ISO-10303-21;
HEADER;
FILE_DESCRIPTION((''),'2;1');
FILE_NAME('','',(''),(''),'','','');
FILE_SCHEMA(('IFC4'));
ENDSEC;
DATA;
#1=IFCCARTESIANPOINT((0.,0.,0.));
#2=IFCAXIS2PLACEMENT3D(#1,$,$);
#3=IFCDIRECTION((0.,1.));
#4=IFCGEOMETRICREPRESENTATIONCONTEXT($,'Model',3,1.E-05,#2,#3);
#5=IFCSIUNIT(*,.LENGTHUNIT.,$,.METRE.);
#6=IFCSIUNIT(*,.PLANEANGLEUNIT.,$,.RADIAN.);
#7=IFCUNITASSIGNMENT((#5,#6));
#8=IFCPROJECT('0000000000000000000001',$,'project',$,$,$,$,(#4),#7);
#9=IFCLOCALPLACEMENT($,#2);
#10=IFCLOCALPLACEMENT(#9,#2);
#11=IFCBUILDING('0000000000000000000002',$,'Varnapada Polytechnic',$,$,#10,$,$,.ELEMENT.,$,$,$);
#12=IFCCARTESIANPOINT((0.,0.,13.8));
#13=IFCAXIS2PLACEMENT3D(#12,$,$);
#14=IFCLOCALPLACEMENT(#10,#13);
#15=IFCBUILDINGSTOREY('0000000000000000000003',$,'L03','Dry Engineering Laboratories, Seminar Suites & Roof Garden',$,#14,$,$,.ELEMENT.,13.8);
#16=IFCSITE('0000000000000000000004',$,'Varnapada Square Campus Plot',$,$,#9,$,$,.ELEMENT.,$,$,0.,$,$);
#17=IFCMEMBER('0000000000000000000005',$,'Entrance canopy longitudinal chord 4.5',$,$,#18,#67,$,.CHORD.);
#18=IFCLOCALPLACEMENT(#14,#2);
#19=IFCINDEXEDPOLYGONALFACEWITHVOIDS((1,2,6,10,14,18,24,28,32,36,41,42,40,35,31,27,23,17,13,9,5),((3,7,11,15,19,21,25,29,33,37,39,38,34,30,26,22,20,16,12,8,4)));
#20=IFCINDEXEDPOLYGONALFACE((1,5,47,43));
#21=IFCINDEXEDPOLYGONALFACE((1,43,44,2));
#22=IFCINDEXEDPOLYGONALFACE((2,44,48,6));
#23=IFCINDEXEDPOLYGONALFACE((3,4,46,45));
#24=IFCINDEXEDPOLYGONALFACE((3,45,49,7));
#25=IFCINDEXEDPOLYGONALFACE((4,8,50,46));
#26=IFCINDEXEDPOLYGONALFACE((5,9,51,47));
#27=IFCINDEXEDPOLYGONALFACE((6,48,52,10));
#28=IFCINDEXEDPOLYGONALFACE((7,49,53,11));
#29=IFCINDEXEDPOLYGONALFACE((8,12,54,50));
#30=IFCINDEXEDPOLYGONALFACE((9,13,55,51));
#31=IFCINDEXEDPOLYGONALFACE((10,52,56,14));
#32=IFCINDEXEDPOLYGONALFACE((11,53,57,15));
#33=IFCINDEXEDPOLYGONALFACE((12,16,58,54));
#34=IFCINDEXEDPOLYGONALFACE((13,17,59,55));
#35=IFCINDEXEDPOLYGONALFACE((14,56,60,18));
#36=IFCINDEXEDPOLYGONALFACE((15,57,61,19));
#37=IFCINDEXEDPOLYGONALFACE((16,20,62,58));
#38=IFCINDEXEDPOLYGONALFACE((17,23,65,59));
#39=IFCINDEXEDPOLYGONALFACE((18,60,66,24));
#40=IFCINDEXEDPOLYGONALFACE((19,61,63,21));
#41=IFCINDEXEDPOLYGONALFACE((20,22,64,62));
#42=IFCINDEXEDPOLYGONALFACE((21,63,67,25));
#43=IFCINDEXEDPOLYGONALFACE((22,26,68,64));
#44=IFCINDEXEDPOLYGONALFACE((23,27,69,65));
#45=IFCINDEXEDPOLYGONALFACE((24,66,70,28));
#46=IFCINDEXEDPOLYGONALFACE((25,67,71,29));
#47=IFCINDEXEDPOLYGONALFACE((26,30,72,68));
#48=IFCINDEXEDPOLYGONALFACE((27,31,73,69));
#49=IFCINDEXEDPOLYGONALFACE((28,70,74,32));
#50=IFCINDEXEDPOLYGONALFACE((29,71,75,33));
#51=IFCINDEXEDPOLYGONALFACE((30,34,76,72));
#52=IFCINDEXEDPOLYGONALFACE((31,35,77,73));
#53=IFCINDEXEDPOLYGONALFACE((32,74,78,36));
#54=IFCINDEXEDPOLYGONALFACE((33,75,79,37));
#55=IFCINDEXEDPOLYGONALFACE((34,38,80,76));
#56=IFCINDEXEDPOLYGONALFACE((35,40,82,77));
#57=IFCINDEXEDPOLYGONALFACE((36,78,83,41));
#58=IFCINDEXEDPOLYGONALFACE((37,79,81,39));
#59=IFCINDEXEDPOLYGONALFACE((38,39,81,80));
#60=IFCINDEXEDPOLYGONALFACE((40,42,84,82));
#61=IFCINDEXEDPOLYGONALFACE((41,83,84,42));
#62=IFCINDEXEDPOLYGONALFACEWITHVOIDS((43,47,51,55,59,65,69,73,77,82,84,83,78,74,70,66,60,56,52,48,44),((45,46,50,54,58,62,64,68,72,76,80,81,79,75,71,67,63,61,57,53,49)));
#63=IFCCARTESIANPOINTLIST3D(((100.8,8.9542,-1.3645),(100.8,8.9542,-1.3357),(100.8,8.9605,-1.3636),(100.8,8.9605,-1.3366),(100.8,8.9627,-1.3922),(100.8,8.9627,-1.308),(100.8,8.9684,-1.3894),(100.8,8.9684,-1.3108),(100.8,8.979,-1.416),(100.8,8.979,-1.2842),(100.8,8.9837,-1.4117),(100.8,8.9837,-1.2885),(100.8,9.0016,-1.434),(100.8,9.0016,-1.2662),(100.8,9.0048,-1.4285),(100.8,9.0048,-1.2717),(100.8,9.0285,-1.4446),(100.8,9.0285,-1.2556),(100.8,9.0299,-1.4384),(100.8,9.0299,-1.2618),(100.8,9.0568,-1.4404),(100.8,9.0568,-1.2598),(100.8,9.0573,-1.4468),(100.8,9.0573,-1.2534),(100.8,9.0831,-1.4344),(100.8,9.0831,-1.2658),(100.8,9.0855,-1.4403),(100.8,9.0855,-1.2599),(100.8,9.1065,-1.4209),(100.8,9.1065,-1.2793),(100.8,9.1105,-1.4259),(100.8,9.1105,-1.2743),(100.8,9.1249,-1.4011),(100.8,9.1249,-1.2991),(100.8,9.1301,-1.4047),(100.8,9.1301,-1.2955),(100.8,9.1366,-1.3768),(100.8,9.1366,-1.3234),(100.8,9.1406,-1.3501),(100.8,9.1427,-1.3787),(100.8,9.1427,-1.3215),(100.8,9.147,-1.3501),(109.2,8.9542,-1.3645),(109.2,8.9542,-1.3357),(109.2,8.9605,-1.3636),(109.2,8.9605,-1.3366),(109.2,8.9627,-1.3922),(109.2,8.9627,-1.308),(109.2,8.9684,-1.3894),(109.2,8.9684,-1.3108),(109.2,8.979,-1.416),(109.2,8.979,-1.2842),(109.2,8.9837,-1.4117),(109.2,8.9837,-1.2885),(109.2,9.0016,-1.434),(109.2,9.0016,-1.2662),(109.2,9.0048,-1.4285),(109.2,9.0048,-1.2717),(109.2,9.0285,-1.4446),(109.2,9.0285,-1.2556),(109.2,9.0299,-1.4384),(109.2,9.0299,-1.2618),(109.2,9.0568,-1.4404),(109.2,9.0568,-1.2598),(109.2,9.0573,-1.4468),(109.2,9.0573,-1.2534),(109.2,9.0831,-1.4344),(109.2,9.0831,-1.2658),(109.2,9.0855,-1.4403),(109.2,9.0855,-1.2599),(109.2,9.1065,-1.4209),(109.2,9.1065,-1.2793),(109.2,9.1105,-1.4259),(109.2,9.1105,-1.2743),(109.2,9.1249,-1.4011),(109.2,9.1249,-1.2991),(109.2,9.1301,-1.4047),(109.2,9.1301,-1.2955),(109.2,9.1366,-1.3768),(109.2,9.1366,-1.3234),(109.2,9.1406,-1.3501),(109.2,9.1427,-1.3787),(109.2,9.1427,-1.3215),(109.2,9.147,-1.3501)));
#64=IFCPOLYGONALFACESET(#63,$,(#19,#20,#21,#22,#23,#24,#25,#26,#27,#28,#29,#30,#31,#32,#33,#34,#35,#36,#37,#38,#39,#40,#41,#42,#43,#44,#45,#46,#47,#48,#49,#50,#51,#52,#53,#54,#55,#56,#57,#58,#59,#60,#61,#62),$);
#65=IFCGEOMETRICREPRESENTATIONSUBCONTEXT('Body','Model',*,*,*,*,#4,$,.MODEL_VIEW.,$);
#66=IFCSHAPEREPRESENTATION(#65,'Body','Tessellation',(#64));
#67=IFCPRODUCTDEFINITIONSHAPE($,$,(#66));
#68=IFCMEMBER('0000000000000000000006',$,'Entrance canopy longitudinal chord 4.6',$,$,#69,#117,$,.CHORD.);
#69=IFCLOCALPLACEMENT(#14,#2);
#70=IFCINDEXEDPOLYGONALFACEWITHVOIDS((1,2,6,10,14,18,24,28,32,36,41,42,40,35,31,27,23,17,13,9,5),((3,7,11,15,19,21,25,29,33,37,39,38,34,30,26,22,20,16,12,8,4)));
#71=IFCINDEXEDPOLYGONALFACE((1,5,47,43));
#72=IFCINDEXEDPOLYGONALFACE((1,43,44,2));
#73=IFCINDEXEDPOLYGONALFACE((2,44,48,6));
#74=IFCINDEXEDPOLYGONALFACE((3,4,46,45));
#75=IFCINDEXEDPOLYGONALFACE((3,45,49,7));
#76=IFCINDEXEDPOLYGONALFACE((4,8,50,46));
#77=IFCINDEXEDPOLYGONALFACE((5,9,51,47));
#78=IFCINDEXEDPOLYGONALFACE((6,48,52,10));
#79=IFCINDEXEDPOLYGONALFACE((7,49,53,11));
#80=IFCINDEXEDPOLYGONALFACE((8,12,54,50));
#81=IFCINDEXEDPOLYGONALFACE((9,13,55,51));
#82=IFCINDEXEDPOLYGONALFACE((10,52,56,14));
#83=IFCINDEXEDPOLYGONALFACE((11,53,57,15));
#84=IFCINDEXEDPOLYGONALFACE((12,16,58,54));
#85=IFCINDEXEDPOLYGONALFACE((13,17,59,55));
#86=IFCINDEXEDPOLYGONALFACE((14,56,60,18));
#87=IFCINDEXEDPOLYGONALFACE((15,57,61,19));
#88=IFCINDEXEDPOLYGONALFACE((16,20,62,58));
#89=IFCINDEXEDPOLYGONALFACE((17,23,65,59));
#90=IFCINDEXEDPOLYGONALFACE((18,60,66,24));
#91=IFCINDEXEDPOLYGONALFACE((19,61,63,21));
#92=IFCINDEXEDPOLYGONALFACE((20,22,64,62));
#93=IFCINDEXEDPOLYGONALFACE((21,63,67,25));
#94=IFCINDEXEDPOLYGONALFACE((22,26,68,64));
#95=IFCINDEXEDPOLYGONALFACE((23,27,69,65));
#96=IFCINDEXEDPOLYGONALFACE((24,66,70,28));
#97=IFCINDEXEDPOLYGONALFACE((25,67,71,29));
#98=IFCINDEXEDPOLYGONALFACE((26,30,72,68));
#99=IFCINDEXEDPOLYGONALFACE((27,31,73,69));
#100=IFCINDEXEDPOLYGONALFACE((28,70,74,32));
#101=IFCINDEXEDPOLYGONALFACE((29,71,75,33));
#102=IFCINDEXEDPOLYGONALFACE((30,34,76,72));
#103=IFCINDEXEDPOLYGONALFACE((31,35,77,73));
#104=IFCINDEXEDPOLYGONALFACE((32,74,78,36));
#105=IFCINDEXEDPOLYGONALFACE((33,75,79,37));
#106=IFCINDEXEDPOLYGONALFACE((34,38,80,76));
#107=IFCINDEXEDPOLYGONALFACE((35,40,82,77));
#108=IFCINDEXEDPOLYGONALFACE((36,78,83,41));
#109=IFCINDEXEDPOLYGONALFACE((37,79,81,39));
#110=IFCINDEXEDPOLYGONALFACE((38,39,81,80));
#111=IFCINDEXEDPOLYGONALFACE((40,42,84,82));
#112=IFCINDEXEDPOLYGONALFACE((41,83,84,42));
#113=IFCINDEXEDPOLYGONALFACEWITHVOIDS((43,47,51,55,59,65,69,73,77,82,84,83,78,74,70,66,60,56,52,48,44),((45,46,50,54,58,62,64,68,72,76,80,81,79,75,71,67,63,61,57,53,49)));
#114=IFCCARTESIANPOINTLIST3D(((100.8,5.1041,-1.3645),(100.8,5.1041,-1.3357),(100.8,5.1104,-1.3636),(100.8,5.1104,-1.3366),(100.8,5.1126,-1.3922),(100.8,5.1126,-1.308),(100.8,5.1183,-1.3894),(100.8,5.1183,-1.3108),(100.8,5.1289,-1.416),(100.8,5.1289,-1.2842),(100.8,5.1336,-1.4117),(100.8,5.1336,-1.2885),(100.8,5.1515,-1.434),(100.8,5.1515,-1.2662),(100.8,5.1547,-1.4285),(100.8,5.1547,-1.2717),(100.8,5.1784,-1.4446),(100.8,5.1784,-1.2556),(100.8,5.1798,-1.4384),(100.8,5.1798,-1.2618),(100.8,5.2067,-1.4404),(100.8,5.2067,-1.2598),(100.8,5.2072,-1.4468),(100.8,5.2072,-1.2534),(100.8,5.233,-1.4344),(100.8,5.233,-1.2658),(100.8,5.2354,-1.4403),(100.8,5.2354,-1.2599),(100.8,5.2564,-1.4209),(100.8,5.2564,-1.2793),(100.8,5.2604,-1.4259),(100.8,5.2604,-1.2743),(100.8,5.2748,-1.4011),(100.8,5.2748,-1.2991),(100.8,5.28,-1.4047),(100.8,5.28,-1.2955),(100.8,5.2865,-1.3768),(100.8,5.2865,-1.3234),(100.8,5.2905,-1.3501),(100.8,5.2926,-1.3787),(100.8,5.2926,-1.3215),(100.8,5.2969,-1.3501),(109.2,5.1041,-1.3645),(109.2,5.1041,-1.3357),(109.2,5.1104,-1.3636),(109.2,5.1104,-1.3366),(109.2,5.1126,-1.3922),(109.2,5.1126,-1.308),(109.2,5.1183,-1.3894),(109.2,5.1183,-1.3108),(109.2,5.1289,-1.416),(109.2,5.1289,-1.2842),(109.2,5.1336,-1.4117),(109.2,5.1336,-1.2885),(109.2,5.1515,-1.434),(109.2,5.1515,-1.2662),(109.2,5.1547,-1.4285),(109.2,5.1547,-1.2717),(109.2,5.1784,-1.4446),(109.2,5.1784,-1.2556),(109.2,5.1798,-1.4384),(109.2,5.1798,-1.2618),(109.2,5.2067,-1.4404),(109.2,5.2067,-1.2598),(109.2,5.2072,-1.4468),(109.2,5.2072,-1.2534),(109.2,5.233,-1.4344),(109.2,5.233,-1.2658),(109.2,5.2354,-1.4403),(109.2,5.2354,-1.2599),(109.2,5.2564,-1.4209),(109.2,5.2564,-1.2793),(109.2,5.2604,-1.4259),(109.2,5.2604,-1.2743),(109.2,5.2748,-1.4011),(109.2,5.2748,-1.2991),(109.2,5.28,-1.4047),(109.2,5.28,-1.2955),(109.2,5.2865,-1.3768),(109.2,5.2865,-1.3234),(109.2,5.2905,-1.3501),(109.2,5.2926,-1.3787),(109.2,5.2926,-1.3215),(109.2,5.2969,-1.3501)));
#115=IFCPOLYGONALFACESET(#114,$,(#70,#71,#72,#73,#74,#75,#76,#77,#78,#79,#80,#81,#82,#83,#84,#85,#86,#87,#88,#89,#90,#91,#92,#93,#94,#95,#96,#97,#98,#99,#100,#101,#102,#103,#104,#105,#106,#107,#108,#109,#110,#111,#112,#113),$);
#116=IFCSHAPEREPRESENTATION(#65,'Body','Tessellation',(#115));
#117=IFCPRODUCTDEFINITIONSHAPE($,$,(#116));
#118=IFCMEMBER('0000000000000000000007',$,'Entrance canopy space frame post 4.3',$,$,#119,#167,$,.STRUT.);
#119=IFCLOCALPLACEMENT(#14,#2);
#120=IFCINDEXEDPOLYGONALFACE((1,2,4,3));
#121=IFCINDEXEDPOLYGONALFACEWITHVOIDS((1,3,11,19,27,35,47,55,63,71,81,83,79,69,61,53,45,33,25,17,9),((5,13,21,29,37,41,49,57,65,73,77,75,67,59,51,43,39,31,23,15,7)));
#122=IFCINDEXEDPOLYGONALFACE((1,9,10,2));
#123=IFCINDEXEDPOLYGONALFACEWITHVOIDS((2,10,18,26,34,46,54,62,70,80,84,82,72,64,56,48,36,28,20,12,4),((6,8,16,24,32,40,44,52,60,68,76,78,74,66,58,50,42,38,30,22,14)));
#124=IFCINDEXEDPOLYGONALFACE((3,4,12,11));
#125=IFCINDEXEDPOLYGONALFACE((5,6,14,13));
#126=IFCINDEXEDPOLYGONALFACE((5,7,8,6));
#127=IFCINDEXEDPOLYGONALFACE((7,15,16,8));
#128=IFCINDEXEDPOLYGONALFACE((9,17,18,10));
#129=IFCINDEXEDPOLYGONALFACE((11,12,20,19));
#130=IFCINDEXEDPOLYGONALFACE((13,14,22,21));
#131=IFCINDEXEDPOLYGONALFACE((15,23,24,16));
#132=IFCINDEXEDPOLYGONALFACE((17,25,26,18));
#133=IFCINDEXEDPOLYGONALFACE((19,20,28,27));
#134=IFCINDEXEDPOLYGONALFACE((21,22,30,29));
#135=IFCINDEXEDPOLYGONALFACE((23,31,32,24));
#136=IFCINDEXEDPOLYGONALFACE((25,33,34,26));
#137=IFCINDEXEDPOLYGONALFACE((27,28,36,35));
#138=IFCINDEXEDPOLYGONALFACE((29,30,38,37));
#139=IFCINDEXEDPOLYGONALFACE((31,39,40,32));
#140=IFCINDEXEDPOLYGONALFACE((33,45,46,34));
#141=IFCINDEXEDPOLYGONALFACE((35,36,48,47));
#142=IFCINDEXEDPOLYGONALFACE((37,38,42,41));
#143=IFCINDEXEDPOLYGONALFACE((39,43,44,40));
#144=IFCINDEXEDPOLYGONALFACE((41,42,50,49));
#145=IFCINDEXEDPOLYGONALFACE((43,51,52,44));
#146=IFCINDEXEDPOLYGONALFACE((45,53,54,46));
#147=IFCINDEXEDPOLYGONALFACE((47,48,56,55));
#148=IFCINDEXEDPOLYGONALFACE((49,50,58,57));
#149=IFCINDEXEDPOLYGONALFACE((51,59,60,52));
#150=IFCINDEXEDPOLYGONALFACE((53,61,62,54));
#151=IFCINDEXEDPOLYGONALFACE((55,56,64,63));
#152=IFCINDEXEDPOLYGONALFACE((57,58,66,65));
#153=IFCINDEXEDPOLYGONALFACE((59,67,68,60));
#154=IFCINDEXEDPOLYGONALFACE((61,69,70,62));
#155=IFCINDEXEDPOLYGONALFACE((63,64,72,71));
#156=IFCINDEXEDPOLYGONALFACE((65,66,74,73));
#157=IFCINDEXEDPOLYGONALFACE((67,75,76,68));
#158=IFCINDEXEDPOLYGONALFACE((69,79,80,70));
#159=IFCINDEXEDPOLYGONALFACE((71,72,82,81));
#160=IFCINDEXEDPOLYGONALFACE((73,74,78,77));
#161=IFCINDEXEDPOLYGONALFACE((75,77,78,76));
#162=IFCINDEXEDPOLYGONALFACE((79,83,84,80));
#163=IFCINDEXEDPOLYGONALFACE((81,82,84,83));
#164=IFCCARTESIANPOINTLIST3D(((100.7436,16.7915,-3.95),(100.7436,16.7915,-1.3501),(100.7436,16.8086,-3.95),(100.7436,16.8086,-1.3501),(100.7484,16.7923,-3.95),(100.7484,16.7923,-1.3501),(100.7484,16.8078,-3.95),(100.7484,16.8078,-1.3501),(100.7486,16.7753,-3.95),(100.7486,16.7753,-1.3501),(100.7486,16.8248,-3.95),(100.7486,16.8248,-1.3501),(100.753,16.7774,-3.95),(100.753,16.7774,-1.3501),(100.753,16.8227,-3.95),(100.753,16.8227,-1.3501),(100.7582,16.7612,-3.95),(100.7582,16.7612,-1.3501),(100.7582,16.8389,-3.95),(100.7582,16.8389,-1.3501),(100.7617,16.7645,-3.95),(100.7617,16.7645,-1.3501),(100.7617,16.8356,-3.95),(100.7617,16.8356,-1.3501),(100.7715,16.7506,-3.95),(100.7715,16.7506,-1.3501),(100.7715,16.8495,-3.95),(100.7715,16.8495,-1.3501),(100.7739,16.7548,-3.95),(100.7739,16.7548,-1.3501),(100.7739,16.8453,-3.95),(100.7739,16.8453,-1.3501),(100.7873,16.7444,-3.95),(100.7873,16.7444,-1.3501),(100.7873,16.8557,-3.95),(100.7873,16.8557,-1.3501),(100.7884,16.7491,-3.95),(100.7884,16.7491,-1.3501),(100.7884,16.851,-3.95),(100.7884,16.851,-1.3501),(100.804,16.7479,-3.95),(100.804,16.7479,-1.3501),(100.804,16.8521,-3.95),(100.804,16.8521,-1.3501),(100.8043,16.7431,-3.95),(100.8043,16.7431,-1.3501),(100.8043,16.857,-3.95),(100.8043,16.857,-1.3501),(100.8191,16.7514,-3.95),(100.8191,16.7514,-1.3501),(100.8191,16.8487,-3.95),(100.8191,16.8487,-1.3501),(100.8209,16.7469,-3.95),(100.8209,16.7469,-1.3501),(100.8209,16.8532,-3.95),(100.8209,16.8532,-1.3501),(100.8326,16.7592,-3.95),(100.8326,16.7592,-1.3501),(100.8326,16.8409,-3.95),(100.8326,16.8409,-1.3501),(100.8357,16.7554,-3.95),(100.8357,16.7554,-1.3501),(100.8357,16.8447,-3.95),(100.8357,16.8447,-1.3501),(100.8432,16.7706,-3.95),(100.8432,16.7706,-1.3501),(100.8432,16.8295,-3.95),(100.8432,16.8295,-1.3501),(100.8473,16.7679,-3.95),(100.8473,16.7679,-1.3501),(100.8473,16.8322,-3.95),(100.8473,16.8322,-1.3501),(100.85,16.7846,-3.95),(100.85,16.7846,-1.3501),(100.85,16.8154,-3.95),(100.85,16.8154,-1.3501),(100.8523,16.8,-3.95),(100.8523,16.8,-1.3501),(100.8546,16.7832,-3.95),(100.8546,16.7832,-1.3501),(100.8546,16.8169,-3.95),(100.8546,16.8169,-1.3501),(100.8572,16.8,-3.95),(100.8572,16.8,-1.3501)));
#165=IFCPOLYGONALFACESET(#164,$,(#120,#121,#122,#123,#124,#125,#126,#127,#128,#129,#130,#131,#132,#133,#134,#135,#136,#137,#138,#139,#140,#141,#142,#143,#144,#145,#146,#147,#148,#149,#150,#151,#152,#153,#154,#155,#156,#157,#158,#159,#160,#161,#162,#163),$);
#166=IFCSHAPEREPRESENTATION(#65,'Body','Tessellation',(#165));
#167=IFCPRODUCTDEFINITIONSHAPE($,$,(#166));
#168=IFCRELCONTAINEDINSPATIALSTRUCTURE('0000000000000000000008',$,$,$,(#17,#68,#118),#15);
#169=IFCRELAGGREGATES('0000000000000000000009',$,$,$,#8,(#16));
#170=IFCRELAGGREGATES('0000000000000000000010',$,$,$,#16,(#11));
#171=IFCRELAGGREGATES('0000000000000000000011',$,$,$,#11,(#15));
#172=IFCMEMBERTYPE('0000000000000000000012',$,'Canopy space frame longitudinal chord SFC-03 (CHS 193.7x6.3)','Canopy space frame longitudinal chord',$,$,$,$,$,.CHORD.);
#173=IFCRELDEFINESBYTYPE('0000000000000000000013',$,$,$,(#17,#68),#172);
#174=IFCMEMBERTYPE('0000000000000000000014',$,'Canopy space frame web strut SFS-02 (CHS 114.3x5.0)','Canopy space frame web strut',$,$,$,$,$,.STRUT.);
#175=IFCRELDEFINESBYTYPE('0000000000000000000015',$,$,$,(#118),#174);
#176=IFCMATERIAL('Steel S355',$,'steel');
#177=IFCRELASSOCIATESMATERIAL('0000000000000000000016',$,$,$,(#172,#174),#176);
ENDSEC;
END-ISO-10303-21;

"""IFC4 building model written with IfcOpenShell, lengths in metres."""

from ifc_helpers import new_model, si_unit, direction, frame, origin, origin_2d, place, context, subcontext, project, spatial, hollow_circle, extrude, material, material_profile, profile_set, type_object, element, save


model = new_model("IFC4")

# Units and contexts
model_context = context("Model", 3, precision=1e-05, world=origin(), true_north=direction((0.0, 1.0)))
body_context = subcontext(model_context, "Body", "Model", "MODEL_VIEW")
ifc_project = project(units=[si_unit("LENGTHUNIT", "METRE"), si_unit("PLANEANGLEUNIT", "RADIAN")], contexts=[model_context])

# Site, building, storey
site_placement = place(None, origin())
site = spatial("IfcSite", under=ifc_project, at=site_placement, Name="Varnapada Square Campus Plot", CompositionType="ELEMENT", RefElevation=0.0)
building_placement = place(site_placement, origin())
building = spatial("IfcBuilding", under=site, at=building_placement, Name="Varnapada Polytechnic", CompositionType="ELEMENT")
storey_placement = place(building_placement, frame((0.0, 0.0, 13.8)))
storey = spatial("IfcBuildingStorey", under=building, at=storey_placement, Name="L03", Description="Dry Engineering Laboratories, Seminar Suites & Roof Garden", CompositionType="ELEMENT", Elevation=13.8)

# Members
ifc_material = material(Name="Steel S355", Category="steel")
ifc_material_profile_1 = material_profile(ifc_material, hollow_circle(Radius=0.0969, WallThickness=0.0063, at=origin_2d()), Name="CHS 193.7x6.3")
ifc_profile_set_1 = profile_set([ifc_material_profile_1], Name="Steel S355")
member_type_1 = type_object("IfcMemberType", Name="Canopy space frame longitudinal chord SFC-03 (CHS 193.7x6.3)", Description="Canopy space frame longitudinal chord", PredefinedType="CHORD", material=ifc_profile_set_1)
for number, where, z_axis, x_axis, name in (
    (1, (100.8, 9.05, -1.3501), (1.0, 0.0, 0.0), (0.0, 1.0, 0.0), "Entrance canopy longitudinal chord 4.5"),
    (2, (100.8, 5.2, -1.3501), (1.0, 0.0, 0.0), (0.0, 1.0, 0.0), "Entrance canopy longitudinal chord 4.6"),
):
    element("IfcMember", number, at=place(storey_placement, frame(where, z_axis=z_axis, x_axis=x_axis)), inside=storey, type_object=member_type_1, Name=name, PredefinedType="CHORD", context=body_context, shape_type="SweptSolid", body=[
        extrude(hollow_circle(Radius=0.0969, WallThickness=0.0063, at=origin_2d()), origin(), (0.0, 0.0, 1.0), 8.3999),
    ])
ifc_material_profile_2 = material_profile(ifc_material, hollow_circle(Radius=0.0571, WallThickness=0.0049, at=origin_2d()), Name="CHS 114.3x5.0")
ifc_profile_set_2 = profile_set([ifc_material_profile_2], Name="Steel S355")
member_type_2 = type_object("IfcMemberType", Name="Canopy space frame web strut SFS-02 (CHS 114.3x5.0)", Description="Canopy space frame web strut", PredefinedType="STRUT", material=ifc_profile_set_2)
for number, where, z_axis, x_axis, name in (
    (3, (100.8, 16.8, -3.95), (0.0, 0.0, 1.0), (1.0, 0.0, 0.0), "Entrance canopy space frame post 4.3"),
):
    element("IfcMember", number, at=place(storey_placement, frame(where, z_axis=z_axis, x_axis=x_axis)), inside=storey, type_object=member_type_2, Name=name, PredefinedType="STRUT", context=body_context, shape_type="SweptSolid", body=[
        extrude(hollow_circle(Radius=0.0571, WallThickness=0.0049, at=origin_2d()), origin(), (0.0, 0.0, 1.0), 2.5999),
    ])

save(model, "model.ifc")
